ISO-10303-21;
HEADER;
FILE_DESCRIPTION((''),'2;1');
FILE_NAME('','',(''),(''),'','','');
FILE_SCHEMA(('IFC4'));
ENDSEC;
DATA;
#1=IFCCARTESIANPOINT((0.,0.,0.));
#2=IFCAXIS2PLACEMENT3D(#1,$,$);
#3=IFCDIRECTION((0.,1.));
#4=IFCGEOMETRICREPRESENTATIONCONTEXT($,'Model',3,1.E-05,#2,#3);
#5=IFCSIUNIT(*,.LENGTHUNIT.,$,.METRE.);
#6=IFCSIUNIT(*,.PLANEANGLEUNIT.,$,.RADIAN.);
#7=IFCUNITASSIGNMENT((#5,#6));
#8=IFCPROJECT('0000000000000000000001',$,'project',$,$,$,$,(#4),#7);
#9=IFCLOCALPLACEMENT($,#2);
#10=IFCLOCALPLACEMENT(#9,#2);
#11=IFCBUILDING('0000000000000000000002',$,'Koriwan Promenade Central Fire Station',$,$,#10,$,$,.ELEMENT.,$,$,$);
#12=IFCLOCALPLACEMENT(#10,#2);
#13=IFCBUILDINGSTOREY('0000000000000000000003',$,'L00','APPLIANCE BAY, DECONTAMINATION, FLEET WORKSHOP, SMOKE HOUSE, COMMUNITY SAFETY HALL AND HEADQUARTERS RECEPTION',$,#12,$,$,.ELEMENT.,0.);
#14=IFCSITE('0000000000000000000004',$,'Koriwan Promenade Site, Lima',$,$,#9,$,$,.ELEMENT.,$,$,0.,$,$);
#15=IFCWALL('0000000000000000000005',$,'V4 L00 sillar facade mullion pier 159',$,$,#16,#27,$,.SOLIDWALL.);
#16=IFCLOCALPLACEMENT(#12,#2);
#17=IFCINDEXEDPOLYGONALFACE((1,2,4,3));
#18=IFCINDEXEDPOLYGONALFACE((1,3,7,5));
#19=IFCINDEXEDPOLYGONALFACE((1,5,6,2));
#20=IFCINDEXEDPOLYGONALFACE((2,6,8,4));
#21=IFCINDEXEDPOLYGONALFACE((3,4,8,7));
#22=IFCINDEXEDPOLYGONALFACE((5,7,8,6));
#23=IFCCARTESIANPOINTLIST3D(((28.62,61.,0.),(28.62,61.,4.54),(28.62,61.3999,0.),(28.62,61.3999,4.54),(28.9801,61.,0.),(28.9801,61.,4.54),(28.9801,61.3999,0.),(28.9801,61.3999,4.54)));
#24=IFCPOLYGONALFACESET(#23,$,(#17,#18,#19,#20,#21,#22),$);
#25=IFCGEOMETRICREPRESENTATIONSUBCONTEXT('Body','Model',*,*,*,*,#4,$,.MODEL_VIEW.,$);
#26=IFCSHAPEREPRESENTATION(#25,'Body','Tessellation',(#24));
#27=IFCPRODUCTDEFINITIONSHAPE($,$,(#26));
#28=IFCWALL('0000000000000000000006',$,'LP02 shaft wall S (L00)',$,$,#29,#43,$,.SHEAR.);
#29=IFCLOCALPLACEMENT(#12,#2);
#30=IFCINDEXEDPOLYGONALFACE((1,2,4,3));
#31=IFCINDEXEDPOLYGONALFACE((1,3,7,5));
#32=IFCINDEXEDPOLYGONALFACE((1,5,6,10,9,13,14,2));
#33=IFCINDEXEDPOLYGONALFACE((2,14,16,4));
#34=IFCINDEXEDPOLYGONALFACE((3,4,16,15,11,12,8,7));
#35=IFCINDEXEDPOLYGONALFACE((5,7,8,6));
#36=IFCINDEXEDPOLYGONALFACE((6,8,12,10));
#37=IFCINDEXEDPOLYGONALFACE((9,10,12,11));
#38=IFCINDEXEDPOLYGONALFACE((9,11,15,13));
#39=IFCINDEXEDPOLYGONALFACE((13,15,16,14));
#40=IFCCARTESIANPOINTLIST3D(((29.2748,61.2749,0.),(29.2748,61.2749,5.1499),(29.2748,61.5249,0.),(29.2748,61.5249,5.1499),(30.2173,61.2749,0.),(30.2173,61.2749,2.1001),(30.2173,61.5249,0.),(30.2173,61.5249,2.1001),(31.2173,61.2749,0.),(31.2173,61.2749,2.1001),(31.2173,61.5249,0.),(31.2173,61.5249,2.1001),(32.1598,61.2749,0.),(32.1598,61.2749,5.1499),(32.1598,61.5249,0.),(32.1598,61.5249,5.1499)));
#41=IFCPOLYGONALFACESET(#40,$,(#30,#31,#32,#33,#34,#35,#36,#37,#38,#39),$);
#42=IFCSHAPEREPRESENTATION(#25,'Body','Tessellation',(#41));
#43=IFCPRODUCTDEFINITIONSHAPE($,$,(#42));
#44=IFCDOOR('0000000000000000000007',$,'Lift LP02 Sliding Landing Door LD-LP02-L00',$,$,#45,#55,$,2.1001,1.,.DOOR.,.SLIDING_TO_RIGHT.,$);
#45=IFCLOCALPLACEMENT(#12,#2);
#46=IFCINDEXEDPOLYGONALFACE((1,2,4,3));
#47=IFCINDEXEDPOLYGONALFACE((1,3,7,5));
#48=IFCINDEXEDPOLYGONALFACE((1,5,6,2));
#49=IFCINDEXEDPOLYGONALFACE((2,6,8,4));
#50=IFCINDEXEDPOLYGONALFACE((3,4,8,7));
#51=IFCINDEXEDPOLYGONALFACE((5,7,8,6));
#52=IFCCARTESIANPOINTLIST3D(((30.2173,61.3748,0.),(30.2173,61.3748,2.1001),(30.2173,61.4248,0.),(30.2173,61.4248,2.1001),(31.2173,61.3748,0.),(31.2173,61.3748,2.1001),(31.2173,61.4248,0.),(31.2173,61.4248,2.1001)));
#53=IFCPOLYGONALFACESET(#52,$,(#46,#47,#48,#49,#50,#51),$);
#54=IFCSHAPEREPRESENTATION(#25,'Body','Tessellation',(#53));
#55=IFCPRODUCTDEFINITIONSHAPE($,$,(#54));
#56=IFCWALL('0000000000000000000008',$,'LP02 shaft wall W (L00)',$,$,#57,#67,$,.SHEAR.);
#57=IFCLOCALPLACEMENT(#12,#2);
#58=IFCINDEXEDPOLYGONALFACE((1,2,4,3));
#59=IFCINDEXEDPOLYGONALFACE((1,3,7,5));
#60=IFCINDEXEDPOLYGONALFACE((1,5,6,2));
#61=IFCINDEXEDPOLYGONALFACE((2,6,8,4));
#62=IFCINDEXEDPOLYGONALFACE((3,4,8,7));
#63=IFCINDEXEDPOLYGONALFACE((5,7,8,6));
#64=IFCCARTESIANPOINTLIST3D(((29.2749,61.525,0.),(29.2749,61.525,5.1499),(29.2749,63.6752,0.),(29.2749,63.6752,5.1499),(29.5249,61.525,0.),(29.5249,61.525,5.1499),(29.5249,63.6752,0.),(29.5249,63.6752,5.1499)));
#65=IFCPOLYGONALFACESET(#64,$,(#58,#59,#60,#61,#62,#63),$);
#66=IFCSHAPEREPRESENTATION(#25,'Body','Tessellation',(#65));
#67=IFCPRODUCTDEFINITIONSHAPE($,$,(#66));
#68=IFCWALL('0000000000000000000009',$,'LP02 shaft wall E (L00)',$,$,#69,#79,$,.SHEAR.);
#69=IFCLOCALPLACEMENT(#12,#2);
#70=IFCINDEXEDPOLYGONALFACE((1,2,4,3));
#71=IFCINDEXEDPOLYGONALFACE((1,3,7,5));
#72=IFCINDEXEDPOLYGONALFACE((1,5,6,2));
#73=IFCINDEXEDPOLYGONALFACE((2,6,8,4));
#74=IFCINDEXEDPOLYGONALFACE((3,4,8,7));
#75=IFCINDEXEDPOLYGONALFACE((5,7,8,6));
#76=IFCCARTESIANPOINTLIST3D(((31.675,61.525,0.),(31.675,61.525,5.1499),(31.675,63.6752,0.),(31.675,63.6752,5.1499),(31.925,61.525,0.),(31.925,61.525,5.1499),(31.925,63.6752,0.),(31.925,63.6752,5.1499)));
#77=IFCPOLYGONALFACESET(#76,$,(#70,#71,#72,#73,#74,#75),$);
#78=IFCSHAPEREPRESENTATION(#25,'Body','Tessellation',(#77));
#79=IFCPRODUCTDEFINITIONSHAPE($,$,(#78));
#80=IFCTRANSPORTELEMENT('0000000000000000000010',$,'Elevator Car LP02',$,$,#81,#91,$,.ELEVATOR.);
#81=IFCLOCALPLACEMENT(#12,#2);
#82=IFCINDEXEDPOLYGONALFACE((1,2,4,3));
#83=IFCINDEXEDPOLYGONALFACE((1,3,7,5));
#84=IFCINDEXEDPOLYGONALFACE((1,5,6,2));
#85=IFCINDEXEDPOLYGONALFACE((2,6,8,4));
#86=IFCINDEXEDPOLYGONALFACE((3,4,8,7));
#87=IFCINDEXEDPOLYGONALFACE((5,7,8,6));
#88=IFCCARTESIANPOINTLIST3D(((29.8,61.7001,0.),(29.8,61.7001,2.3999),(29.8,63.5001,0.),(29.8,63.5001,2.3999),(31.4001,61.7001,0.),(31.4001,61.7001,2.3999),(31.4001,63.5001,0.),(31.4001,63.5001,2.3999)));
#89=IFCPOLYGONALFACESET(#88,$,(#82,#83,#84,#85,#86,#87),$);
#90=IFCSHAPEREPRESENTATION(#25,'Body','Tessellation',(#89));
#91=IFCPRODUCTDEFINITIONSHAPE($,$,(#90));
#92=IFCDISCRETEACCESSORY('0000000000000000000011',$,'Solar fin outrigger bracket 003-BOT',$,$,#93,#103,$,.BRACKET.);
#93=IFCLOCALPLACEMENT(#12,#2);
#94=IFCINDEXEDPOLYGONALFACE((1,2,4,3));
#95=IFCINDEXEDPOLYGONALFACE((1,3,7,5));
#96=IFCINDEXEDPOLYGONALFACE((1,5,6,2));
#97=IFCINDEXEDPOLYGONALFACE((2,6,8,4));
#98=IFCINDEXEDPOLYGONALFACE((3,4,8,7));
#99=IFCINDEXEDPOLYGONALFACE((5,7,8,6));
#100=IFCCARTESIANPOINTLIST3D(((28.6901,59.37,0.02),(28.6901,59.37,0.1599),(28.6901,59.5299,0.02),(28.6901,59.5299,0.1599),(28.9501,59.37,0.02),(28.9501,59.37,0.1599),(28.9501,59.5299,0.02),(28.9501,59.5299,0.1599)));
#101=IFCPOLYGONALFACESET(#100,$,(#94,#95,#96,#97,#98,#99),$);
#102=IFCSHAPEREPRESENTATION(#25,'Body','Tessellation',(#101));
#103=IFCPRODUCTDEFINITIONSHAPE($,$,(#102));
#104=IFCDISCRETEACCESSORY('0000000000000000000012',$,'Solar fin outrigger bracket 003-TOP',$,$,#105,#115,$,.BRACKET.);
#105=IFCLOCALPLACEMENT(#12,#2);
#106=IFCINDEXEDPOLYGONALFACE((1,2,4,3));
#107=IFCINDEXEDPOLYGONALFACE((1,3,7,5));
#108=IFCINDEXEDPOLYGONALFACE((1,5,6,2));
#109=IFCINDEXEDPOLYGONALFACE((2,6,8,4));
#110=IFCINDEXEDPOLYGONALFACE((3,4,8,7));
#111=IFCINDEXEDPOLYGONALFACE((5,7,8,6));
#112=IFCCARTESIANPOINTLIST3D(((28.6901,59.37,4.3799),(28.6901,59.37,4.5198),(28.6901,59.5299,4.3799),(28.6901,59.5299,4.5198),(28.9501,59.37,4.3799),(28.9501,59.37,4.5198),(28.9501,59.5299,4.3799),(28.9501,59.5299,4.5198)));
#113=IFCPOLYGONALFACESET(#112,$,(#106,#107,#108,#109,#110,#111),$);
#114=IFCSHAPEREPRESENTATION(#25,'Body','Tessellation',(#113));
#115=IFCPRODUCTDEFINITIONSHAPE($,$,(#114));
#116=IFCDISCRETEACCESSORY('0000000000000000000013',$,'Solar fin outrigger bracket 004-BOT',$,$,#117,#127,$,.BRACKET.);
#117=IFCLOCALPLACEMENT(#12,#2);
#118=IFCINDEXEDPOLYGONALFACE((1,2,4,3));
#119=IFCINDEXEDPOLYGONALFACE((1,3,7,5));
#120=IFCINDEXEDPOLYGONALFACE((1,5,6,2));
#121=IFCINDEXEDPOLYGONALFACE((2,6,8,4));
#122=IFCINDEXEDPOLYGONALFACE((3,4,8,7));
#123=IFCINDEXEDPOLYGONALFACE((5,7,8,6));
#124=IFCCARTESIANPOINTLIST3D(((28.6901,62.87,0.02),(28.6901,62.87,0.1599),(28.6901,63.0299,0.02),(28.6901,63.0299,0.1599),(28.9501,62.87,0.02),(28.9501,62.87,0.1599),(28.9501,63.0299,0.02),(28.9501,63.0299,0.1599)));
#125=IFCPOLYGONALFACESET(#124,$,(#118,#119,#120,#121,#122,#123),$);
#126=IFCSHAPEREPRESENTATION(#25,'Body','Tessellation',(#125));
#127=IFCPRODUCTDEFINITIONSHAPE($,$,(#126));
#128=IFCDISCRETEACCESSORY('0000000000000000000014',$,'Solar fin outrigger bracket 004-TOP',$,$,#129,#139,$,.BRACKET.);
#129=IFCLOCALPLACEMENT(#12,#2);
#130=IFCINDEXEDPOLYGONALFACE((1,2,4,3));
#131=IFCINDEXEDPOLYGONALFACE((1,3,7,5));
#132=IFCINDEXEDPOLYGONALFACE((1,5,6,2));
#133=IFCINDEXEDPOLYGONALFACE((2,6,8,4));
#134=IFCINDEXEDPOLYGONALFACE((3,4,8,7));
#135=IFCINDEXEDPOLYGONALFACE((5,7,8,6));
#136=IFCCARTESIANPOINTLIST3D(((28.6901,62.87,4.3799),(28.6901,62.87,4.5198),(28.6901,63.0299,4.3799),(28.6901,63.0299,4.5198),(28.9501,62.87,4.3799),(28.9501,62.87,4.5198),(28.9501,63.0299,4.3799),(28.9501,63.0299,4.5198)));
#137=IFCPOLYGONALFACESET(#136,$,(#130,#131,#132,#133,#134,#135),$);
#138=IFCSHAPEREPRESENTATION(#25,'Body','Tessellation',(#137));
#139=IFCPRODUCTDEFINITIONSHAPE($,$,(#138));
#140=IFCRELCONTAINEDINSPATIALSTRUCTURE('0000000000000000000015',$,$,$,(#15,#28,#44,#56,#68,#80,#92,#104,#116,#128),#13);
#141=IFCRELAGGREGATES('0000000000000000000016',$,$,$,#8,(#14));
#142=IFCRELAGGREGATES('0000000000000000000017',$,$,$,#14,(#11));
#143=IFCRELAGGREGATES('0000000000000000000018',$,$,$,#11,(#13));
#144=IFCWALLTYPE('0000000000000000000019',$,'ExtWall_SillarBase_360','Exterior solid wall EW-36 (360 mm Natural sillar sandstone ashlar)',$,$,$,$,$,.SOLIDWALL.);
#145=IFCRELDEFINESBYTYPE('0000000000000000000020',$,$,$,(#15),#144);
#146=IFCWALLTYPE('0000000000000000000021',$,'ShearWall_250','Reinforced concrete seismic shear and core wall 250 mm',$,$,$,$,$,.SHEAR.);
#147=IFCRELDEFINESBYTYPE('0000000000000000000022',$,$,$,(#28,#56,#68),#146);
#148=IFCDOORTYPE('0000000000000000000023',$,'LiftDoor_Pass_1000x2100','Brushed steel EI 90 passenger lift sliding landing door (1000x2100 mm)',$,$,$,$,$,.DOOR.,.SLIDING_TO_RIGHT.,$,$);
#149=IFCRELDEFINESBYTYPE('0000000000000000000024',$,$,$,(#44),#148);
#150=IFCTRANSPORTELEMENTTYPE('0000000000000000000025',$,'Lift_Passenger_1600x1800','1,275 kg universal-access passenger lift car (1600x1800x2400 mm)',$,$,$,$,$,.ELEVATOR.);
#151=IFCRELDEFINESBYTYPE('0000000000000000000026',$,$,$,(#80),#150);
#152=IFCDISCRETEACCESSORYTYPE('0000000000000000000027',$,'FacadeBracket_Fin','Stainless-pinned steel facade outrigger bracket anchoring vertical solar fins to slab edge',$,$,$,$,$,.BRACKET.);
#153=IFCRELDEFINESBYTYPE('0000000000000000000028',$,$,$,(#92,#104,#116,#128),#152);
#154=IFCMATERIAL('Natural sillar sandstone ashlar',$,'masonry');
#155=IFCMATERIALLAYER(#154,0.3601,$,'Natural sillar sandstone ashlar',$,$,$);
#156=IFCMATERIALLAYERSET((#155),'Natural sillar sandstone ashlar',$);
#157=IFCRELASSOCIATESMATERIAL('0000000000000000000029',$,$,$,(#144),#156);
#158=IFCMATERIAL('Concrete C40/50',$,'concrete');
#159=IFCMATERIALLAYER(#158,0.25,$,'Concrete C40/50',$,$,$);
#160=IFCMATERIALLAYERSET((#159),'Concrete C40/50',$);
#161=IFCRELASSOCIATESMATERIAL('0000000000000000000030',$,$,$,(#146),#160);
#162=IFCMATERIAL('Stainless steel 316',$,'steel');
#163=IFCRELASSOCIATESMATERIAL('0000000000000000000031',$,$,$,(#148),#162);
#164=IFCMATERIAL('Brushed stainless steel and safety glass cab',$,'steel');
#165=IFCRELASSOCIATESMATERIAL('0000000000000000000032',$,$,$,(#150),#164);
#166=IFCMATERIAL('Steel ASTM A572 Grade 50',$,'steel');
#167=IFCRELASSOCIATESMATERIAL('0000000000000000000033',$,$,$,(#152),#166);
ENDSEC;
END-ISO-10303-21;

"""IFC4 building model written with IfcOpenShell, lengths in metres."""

from ifc_helpers import new_model, si_unit, direction, frame, frame_2d, origin, origin_2d, place, context, subcontext, project, spatial, rectangle, extrude, material, layer, layer_set, type_object, element, fill, save


model = new_model("IFC4")

# Units and contexts
model_context = context("Model", 3, precision=1e-05, world=origin(), true_north=direction((0.0, 1.0)))
body_context = subcontext(model_context, "Body", "Model", "MODEL_VIEW")
ifc_project = project(units=[si_unit("LENGTHUNIT", "METRE"), si_unit("PLANEANGLEUNIT", "RADIAN")], contexts=[model_context])

# Site, building, storey
site_placement = place(None, origin())
site = spatial("IfcSite", under=ifc_project, at=site_placement, Name="Koriwan Promenade Site, Lima", CompositionType="ELEMENT", RefElevation=0.0)
building_placement = place(site_placement, origin())
building = spatial("IfcBuilding", under=site, at=building_placement, Name="Koriwan Promenade Central Fire Station", CompositionType="ELEMENT")
storey_placement = place(building_placement, origin())
storey = spatial("IfcBuildingStorey", under=building, at=storey_placement, Name="L00", Description="APPLIANCE BAY, DECONTAMINATION, FLEET WORKSHOP, SMOKE HOUSE, COMMUNITY SAFETY HALL AND HEADQUARTERS RECEPTION", CompositionType="ELEMENT", Elevation=0.0)

# Wall
ifc_material_1 = material(Name="Natural sillar sandstone ashlar", Category="masonry")
ifc_layer_1 = layer(ifc_material_1, 0.3601, Name="Natural sillar sandstone ashlar")
ifc_layer_set_1 = layer_set([ifc_layer_1], Name="Natural sillar sandstone ashlar")
wall_type_1 = type_object("IfcWallType", Name="ExtWall_SillarBase_360", Description="Exterior solid wall EW-36 (360 mm Natural sillar sandstone ashlar)", PredefinedType="SOLIDWALL", material=ifc_layer_set_1)
wall_1_placement = place(storey_placement, frame((28.8, 61.0, 0.0), z_axis=(0.0, 0.0, 1.0), x_axis=(0.0, 1.0, 0.0)))
element("IfcWall", 1, at=wall_1_placement, inside=storey, type_object=wall_type_1, Name="V4 L00 sillar facade mullion pier 159", PredefinedType="SOLIDWALL", context=body_context, shape_type="SweptSolid", body=[
    extrude(rectangle(XDim=0.3999, YDim=0.3601, at=frame_2d((0.2, 0.0))), origin(), (0.0, 0.0, 1.0), 4.54),
])

# Wall, opening, door
ifc_material_2 = material(Name="Concrete C40/50", Category="concrete")
ifc_layer_2 = layer(ifc_material_2, 0.25, Name="Concrete C40/50")
ifc_layer_set_2 = layer_set([ifc_layer_2], Name="Concrete C40/50")
wall_type_2 = type_object("IfcWallType", Name="ShearWall_250", Description="Reinforced concrete seismic shear and core wall 250 mm", PredefinedType="SHEAR", material=ifc_layer_set_2)
wall_2_placement = place(storey_placement, frame((29.2749, 61.3999, 0.0), z_axis=(0.0, 0.0, 1.0), x_axis=(1.0, 0.0, 0.0)))
wall_2 = element("IfcWall", 2, at=wall_2_placement, inside=storey, type_object=wall_type_2, Name="LP02 shaft wall S (L00)", PredefinedType="SHEAR", context=body_context, shape_type="SweptSolid", body=[
    extrude(rectangle(XDim=2.885, YDim=0.25, at=frame_2d((1.4424, 0.0))), origin(), (0.0, 0.0, 1.0), 5.1499),
])
opening_placement = place(wall_2_placement, frame((0.9424, 0.0, 0.0)))
opening = element("IfcOpeningElement", 3, at=opening_placement, cuts=wall_2, PredefinedType="OPENING", context=body_context, shape_type="SweptSolid", body=[
    extrude(rectangle(XDim=1.0, YDim=2.1001, at=frame_2d((0.5, 1.05))), frame((0.0, 0.137, 0.0), z_axis=(0.0, -1.0, 0.0), x_axis=(1.0, 0.0, 0.0)), (0.0, 0.0, 1.0), 0.2739),
])
ifc_material_3 = material(Name="Stainless steel 316", Category="steel")
door_type = type_object("IfcDoorType", Name="LiftDoor_Pass_1000x2100", Description="Brushed steel EI 90 passenger lift sliding landing door (1000x2100 mm)", OperationType="SLIDING_TO_RIGHT", PredefinedType="DOOR", material=ifc_material_3)
door_placement = place(opening_placement, origin())
door = element("IfcDoor", 4, at=door_placement, inside=storey, type_object=door_type, Name="Lift LP02 Sliding Landing Door LD-LP02-L00", OperationType="SLIDING_TO_RIGHT", OverallHeight=2.1001, OverallWidth=1.0, PredefinedType="DOOR", context=body_context, shape_type="SweptSolid", body=[
    extrude(rectangle(XDim=1.0, YDim=2.1001, at=frame_2d((0.5, 1.05))), frame((0.0, 0.0249, 0.0), z_axis=(0.0, -1.0, 0.0), x_axis=(1.0, 0.0, 0.0)), (0.0, 0.0, 1.0), 0.05),
])
fill(opening, door)

# Walls
for number, where, z_axis, x_axis, name in (
    (5, (29.3999, 61.5249, 0.0), (0.0, 0.0, 1.0), (0.0, 1.0, 0.0), "LP02 shaft wall W (L00)"),
    (6, (31.8, 61.5249, 0.0), (0.0, 0.0, 1.0), (0.0, 1.0, 0.0), "LP02 shaft wall E (L00)"),
):
    element("IfcWall", number, at=place(storey_placement, frame(where, z_axis=z_axis, x_axis=x_axis)), inside=storey, type_object=wall_type_2, Name=name, PredefinedType="SHEAR", context=body_context, shape_type="SweptSolid", body=[
        extrude(rectangle(XDim=2.1501, YDim=0.25, at=frame_2d((1.0752, 0.0))), origin(), (0.0, 0.0, 1.0), 5.1499),
    ])

# Transport element
ifc_material_4 = material(Name="Brushed stainless steel and safety glass cab", Category="steel")
transport_element_type = type_object("IfcTransportElementType", Name="Lift_Passenger_1600x1800", Description="1,275 kg universal-access passenger lift car (1600x1800x2400 mm)", PredefinedType="ELEVATOR", material=ifc_material_4)
transport_element_placement = place(storey_placement, frame((30.6001, 62.6001, 0.0), z_axis=(0.0, 0.0, 1.0), x_axis=(1.0, 0.0, 0.0)))
element("IfcTransportElement", 7, at=transport_element_placement, inside=storey, type_object=transport_element_type, Name="Elevator Car LP02", PredefinedType="ELEVATOR", context=body_context, shape_type="SweptSolid", body=[
    extrude(rectangle(XDim=1.6001, YDim=1.8, at=origin_2d()), origin(), (0.0, 0.0, 1.0), 2.3999),
])

# Discrete accessories
ifc_material_5 = material(Name="Steel ASTM A572 Grade 50", Category="steel")
discrete_accessory_type = type_object("IfcDiscreteAccessoryType", Name="FacadeBracket_Fin", Description="Stainless-pinned steel facade outrigger bracket anchoring vertical solar fins to slab edge", PredefinedType="BRACKET", material=ifc_material_5)
for number, where, z_axis, x_axis, name in (
    (8, (28.8201, 59.45, 0.02), (0.0, 0.0, 1.0), (1.0, 0.0, 0.0), "Solar fin outrigger bracket 003-BOT"),
    (9, (28.8201, 59.45, 4.3799), (0.0, 0.0, 1.0), (1.0, 0.0, 0.0), "Solar fin outrigger bracket 003-TOP"),
    (10, (28.8201, 62.95, 0.02), (0.0, 0.0, 1.0), (1.0, 0.0, 0.0), "Solar fin outrigger bracket 004-BOT"),
    (11, (28.8201, 62.95, 4.3799), (0.0, 0.0, 1.0), (1.0, 0.0, 0.0), "Solar fin outrigger bracket 004-TOP"),
):
    element("IfcDiscreteAccessory", number, at=place(storey_placement, frame(where, z_axis=z_axis, x_axis=x_axis)), inside=storey, type_object=discrete_accessory_type, Name=name, PredefinedType="BRACKET", context=body_context, shape_type="SweptSolid", body=[
        extrude(rectangle(XDim=0.26, YDim=0.1599, at=origin_2d()), origin(), (0.0, 0.0, 1.0), 0.1399),
    ])

save(model, "model.ifc")
